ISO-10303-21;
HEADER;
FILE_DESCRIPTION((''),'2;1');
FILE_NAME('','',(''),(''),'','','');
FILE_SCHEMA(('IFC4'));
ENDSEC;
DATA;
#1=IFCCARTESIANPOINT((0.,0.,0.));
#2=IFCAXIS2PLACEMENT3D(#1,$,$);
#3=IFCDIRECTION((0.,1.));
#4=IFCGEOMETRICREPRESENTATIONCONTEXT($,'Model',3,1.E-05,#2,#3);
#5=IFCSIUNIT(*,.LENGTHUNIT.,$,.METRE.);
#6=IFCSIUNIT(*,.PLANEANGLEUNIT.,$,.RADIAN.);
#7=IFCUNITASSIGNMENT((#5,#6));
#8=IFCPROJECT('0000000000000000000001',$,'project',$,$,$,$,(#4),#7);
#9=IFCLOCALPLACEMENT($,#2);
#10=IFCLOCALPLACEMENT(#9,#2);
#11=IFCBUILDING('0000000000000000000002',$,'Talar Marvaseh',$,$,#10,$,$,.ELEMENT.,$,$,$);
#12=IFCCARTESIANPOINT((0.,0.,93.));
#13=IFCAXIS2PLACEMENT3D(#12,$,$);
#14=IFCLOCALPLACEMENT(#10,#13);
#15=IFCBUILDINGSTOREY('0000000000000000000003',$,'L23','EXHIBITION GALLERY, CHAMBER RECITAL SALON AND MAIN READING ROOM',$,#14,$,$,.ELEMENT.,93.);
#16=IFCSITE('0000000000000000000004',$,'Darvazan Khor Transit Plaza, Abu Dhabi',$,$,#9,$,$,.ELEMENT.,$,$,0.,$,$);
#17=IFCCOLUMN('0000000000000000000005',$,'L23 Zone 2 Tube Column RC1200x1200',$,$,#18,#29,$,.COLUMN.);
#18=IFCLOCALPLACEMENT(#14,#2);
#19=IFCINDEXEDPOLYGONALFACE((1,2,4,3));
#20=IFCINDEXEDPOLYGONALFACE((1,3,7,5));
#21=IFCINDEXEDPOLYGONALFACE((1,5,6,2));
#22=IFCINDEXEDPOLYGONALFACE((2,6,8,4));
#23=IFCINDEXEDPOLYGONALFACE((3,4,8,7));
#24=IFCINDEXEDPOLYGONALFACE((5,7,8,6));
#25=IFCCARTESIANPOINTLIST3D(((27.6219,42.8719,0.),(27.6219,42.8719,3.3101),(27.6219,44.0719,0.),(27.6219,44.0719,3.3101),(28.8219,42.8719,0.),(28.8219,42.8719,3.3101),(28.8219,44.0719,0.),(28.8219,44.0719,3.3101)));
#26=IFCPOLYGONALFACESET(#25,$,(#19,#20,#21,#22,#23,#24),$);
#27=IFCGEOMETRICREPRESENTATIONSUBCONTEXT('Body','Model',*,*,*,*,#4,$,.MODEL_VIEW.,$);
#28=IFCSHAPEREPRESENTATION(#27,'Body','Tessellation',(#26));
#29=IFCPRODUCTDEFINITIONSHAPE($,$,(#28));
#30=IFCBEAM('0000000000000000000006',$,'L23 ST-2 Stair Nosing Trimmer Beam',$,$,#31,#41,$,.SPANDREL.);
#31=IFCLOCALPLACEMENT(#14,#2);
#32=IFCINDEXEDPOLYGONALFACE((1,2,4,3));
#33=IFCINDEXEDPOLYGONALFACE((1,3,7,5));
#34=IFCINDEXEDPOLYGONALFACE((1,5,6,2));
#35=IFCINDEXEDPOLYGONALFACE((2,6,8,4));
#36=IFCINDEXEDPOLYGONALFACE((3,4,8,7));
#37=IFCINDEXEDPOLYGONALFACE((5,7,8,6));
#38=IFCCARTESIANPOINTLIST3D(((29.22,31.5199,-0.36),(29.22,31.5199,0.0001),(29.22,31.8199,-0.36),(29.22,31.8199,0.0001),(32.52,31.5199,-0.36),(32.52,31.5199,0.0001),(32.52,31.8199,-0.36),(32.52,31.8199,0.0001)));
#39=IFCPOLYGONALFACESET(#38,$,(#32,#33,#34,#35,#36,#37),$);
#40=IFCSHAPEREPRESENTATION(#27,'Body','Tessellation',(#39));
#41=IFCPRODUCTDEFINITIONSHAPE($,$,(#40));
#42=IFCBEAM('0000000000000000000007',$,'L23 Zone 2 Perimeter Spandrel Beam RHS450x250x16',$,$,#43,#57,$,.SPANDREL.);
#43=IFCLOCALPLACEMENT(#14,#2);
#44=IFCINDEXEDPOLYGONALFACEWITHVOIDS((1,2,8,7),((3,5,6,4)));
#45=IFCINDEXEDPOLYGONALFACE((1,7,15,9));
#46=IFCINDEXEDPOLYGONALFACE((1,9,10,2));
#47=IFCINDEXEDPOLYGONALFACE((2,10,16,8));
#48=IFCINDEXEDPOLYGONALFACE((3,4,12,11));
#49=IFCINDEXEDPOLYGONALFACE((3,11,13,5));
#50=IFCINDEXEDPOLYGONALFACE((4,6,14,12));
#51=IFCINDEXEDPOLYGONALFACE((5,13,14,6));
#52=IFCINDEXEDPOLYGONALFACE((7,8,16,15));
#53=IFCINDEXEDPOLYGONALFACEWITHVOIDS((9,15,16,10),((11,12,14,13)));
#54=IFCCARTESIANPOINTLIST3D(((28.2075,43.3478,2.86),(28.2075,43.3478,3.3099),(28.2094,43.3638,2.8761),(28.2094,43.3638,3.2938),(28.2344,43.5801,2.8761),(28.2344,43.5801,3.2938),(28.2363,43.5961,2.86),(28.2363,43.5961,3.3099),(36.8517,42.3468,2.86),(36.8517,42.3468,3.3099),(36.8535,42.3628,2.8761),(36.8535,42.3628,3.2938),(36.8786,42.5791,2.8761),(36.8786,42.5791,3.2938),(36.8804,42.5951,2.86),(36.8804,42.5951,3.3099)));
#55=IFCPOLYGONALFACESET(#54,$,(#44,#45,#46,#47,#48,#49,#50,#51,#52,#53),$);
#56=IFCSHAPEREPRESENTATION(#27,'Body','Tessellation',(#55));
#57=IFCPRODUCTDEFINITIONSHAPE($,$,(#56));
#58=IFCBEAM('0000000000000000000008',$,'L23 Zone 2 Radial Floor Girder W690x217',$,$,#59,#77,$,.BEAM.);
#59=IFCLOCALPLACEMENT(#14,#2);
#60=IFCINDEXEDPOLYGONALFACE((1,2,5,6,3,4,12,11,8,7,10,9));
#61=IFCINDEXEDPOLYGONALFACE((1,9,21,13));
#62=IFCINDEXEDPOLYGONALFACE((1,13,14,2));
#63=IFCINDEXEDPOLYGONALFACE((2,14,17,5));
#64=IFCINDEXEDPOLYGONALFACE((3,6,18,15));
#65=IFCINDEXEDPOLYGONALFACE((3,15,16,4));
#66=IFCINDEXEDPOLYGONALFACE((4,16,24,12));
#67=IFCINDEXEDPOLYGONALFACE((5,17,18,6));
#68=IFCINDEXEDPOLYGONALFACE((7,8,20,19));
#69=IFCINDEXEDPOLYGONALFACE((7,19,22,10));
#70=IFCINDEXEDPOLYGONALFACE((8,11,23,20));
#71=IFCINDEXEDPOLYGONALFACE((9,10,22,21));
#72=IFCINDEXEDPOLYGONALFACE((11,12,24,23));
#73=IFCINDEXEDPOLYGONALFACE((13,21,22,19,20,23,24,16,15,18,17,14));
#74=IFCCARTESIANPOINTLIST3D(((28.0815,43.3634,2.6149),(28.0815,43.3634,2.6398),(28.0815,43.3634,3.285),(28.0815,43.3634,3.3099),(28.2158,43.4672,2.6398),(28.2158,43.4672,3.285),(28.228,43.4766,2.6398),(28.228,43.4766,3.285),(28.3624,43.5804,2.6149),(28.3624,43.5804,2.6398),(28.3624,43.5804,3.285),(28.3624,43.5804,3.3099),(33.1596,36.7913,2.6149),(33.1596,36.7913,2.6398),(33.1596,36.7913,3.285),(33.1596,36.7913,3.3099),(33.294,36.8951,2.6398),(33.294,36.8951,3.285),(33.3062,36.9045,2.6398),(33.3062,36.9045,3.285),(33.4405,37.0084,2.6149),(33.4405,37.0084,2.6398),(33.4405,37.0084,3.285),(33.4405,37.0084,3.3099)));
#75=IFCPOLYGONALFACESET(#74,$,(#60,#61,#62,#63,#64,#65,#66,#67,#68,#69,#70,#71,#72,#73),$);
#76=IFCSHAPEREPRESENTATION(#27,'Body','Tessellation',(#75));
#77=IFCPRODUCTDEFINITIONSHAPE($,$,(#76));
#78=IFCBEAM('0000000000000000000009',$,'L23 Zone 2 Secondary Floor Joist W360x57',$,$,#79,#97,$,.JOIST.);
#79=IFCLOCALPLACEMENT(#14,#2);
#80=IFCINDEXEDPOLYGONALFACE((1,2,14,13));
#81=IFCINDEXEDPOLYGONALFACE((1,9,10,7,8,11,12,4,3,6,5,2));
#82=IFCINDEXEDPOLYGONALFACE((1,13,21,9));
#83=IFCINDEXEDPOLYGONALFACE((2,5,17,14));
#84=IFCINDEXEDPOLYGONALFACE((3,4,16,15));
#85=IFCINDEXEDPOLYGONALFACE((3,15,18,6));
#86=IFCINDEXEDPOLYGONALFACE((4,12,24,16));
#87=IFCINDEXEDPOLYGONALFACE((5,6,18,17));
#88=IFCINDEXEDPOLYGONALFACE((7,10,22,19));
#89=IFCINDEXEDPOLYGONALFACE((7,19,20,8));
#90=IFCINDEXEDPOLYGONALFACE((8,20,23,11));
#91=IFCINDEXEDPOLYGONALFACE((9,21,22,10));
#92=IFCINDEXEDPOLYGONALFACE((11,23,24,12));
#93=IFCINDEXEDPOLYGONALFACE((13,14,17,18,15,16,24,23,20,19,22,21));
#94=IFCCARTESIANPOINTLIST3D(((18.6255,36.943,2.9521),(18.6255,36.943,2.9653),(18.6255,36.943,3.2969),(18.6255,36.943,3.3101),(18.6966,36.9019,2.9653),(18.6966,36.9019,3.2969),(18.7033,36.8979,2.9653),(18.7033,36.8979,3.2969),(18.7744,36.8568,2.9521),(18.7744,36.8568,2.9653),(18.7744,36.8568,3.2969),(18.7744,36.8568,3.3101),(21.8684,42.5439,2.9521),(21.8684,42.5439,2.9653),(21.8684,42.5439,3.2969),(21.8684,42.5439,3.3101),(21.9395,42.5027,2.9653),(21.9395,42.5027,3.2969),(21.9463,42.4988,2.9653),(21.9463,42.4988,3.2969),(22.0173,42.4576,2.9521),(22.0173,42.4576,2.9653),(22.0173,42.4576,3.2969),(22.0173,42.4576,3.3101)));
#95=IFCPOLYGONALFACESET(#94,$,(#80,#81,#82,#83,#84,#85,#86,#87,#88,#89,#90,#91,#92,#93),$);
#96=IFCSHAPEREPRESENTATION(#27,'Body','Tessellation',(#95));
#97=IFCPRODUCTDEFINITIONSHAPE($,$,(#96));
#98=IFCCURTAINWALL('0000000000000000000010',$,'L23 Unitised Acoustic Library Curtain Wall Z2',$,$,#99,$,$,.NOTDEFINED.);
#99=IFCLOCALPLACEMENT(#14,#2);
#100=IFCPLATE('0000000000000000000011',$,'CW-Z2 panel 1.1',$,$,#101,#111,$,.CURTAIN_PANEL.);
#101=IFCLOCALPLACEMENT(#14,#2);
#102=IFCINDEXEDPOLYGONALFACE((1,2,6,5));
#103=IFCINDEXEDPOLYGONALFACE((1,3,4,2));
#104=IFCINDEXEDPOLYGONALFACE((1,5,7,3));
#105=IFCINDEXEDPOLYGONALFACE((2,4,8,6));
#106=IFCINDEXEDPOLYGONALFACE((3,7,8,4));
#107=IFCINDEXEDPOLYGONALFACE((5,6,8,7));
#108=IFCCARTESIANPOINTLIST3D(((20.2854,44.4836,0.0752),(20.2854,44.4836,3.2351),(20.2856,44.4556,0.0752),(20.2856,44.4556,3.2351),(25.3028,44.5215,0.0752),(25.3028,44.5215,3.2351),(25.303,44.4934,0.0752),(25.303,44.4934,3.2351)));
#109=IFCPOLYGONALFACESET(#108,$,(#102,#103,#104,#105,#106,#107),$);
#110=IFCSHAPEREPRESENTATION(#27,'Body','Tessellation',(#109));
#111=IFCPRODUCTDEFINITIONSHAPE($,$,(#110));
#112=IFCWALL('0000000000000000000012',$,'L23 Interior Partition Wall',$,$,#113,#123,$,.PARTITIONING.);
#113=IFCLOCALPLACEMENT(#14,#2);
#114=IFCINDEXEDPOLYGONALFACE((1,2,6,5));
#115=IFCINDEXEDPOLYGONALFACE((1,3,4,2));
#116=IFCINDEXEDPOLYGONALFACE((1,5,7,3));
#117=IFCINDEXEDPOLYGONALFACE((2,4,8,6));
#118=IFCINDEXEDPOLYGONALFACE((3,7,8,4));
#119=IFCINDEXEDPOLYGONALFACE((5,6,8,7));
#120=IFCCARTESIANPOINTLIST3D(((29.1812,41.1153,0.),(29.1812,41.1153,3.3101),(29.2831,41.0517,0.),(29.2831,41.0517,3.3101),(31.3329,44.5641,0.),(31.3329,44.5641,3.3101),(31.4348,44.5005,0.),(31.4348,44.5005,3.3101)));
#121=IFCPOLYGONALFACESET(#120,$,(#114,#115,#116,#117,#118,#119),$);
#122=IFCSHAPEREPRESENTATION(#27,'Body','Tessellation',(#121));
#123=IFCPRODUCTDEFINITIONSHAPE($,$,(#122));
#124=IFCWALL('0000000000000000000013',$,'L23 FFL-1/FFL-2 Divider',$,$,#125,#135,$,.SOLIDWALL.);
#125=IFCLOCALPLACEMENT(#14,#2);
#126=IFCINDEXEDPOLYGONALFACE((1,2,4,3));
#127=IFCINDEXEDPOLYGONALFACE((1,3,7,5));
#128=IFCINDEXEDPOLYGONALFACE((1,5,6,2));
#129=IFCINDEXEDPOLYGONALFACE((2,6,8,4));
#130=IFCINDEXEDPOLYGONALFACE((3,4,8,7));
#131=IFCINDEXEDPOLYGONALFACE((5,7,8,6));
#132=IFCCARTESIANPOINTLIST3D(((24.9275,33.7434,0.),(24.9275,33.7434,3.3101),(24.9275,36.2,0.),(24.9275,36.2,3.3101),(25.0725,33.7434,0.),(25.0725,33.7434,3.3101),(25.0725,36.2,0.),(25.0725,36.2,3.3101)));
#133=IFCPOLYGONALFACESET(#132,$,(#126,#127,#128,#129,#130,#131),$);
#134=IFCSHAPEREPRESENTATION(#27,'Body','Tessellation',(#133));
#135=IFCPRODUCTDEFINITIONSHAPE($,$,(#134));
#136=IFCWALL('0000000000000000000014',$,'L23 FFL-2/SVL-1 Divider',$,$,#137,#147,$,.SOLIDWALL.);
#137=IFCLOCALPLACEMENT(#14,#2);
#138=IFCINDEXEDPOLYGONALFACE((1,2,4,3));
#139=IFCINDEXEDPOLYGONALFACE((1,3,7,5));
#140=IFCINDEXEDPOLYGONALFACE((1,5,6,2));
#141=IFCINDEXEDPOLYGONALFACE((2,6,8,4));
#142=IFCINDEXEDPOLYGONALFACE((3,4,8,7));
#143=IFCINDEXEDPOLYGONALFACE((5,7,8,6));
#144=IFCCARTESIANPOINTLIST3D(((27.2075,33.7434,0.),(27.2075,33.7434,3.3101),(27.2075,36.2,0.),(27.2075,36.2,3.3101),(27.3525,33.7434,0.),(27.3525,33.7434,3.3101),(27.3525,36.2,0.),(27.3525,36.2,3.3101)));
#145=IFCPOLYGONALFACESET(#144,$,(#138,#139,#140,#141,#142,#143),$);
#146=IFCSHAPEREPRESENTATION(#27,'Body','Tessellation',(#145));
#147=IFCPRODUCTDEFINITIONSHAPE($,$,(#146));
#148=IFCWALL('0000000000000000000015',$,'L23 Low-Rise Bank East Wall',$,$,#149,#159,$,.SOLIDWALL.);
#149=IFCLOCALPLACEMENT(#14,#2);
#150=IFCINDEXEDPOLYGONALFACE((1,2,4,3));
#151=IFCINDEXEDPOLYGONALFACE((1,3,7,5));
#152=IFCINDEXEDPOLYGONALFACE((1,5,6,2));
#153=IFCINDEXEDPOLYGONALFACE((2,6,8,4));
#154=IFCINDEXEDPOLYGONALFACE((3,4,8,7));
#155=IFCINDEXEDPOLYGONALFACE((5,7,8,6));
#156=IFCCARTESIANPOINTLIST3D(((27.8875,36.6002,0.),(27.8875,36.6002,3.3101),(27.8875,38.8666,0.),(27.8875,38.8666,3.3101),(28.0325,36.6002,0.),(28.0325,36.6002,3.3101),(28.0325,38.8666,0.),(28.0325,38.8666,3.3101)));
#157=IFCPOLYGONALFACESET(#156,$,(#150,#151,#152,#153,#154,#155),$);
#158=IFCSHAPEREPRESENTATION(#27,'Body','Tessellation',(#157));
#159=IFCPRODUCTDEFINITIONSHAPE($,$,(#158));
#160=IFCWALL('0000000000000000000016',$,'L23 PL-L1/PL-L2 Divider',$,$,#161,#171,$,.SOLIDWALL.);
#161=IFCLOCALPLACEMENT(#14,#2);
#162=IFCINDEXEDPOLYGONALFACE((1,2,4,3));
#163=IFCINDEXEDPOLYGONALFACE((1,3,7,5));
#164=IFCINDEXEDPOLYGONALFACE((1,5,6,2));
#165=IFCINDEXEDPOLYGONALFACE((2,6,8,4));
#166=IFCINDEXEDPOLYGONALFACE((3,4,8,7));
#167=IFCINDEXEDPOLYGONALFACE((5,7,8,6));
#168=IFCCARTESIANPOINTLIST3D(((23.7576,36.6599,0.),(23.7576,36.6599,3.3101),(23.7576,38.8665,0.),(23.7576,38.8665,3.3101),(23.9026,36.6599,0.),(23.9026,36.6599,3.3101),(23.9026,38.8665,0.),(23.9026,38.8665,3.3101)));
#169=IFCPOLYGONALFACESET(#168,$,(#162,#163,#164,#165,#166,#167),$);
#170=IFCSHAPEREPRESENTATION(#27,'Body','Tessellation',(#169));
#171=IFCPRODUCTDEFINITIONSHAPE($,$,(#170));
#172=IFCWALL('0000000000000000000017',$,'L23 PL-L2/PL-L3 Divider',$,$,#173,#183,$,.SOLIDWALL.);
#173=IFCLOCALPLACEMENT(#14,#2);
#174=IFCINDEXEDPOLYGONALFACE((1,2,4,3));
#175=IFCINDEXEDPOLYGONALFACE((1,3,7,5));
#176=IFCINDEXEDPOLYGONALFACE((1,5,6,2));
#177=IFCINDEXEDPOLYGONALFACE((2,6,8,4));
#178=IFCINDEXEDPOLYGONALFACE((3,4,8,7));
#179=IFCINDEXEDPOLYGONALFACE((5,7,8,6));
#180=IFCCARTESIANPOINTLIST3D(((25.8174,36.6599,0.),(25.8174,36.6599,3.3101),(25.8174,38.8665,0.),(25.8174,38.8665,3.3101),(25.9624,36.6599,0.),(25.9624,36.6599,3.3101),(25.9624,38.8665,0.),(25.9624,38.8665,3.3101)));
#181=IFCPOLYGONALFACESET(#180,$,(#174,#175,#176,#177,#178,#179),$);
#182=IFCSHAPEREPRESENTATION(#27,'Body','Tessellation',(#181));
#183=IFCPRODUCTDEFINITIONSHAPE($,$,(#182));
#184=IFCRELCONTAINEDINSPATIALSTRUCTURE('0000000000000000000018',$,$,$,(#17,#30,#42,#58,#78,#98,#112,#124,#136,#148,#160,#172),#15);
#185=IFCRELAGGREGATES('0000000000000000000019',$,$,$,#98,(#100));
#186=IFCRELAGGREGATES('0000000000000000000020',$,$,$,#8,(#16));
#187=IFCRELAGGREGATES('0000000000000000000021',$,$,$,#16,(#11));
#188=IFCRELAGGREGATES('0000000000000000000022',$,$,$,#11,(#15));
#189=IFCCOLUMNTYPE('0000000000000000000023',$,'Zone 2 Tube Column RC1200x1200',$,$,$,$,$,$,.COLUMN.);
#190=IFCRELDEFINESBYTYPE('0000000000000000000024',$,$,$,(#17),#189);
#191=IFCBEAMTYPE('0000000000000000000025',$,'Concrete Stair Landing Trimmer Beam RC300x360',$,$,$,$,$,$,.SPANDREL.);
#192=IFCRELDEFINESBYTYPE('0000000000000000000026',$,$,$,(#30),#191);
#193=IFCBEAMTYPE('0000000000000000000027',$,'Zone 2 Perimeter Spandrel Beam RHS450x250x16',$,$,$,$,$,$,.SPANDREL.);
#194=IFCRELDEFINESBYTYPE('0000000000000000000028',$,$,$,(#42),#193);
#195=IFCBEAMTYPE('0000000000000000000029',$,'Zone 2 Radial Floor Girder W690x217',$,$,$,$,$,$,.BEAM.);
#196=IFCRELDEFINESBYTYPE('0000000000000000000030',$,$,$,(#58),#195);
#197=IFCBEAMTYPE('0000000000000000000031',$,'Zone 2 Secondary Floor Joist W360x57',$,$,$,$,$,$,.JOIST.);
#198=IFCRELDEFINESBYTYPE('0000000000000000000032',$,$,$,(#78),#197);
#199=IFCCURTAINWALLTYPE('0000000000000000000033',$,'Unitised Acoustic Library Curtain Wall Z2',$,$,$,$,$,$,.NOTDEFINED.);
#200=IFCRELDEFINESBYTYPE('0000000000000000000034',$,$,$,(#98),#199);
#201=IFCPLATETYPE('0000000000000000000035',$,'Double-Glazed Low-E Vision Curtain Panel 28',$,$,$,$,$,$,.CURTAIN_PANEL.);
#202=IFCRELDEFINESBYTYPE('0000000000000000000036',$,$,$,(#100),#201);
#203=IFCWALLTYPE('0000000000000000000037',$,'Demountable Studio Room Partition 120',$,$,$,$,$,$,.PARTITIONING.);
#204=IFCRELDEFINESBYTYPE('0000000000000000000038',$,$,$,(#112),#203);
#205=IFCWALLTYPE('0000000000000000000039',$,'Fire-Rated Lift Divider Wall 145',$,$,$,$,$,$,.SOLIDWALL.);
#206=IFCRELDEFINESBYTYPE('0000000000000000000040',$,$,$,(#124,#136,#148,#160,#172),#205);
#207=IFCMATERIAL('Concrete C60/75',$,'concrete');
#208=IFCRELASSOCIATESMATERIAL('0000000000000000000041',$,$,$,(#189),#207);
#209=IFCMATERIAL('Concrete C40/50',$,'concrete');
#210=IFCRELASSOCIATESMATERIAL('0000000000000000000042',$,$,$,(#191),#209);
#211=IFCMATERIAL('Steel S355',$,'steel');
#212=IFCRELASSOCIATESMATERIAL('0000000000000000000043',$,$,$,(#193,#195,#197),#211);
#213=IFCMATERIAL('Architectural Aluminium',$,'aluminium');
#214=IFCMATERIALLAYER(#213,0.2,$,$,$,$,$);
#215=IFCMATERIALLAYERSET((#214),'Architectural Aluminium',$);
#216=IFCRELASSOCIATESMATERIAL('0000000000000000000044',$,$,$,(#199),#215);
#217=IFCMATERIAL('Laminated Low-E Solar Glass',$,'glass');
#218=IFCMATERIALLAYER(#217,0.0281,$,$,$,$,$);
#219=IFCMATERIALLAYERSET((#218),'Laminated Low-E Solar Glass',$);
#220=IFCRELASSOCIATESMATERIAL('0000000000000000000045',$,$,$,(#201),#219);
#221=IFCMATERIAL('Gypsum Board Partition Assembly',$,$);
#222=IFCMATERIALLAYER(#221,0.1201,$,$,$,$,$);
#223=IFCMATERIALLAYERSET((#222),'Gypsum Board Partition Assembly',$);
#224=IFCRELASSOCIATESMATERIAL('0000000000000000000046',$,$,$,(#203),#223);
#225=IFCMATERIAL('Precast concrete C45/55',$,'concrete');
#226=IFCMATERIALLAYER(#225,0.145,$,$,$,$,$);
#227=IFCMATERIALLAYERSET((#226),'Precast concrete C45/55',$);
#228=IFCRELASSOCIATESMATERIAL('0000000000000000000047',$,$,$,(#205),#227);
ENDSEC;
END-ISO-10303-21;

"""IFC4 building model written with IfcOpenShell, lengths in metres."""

from ifc_helpers import new_model, si_unit, direction, frame, frame_2d, origin, origin_2d, place, context, subcontext, project, spatial, rectangle, hollow_rectangle, i_section, extrude, source, transform, mapped, material, layer, layer_set, material_profile, profile_set, type_object, type_shapes, element, aggregate, save


model = new_model("IFC4")

# Units and contexts
model_context = context("Model", 3, precision=1e-05, world=origin(), true_north=direction((0.0, 1.0)))
body_context = subcontext(model_context, "Body", "Model", "MODEL_VIEW")
ifc_project = project(units=[si_unit("LENGTHUNIT", "METRE"), si_unit("PLANEANGLEUNIT", "RADIAN")], contexts=[model_context])

# Site, building, storey
site_placement = place(None, origin())
site = spatial("IfcSite", under=ifc_project, at=site_placement, Name="Darvazan Khor Transit Plaza, Abu Dhabi", CompositionType="ELEMENT", RefElevation=0.0)
building_placement = place(site_placement, origin())
building = spatial("IfcBuilding", under=site, at=building_placement, Name="Talar Marvaseh", CompositionType="ELEMENT")
storey_placement = place(building_placement, frame((0.0, 0.0, 93.0)))
storey = spatial("IfcBuildingStorey", under=building, at=storey_placement, Name="L23", Description="EXHIBITION GALLERY, CHAMBER RECITAL SALON AND MAIN READING ROOM", CompositionType="ELEMENT", Elevation=93.0)

# Column
ifc_material_1 = material(Name="Concrete C60/75", Category="concrete")
ifc_material_profile_1 = material_profile(ifc_material_1, rectangle(XDim=1.2, YDim=1.2, at=origin_2d()), Name="RC1200x1200")
ifc_profile_set_1 = profile_set([ifc_material_profile_1], Name="Concrete C60/75")
column_type = type_object("IfcColumnType", Name="Zone 2 Tube Column RC1200x1200", PredefinedType="COLUMN", material=ifc_profile_set_1)
column_placement = place(storey_placement, frame((28.2219, 43.4719, 0.0), z_axis=(0.0, 0.0, 1.0), x_axis=(1.0, 0.0, 0.0)))
element("IfcColumn", 1, at=column_placement, inside=storey, type_object=column_type, Name="L23 Zone 2 Tube Column RC1200x1200", PredefinedType="COLUMN", context=body_context, shape_type="SweptSolid", body=[
    extrude(rectangle(XDim=1.2, YDim=1.2, at=origin_2d()), origin(), (0.0, 0.0, 1.0), 3.3101),
])

# Beams
ifc_material_2 = material(Name="Concrete C40/50", Category="concrete")
ifc_material_profile_2 = material_profile(ifc_material_2, rectangle(XDim=0.3, YDim=0.3601, at=origin_2d()), Name="RC300x360")
ifc_profile_set_2 = profile_set([ifc_material_profile_2], Name="Concrete C40/50")
beam_type_1 = type_object("IfcBeamType", Name="Concrete Stair Landing Trimmer Beam RC300x360", PredefinedType="SPANDREL", material=ifc_profile_set_2)
beam_1_placement = place(storey_placement, frame((29.22, 31.6699, -0.1799), z_axis=(1.0, 0.0, 0.0), x_axis=(0.0, 1.0, 0.0)))
element("IfcBeam", 2, at=beam_1_placement, inside=storey, type_object=beam_type_1, Name="L23 ST-2 Stair Nosing Trimmer Beam", PredefinedType="SPANDREL", context=body_context, shape_type="SweptSolid", body=[
    extrude(rectangle(XDim=0.3, YDim=0.3601, at=origin_2d()), origin(), (0.0, 0.0, 1.0), 3.3),
])
ifc_material_3 = material(Name="Steel S355", Category="steel")
ifc_material_profile_3 = material_profile(ifc_material_3, hollow_rectangle(XDim=0.25, YDim=0.45, WallThickness=0.0161, at=origin_2d()), Name="RHS450x250x16")
ifc_profile_set_3 = profile_set([ifc_material_profile_3], Name="Steel S355")
beam_type_2 = type_object("IfcBeamType", Name="Zone 2 Perimeter Spandrel Beam RHS450x250x16", PredefinedType="SPANDREL", material=ifc_profile_set_3)
beam_2_placement = place(storey_placement, frame((28.2219, 43.4719, 3.085), z_axis=(0.993362, -0.115031, 0.0), x_axis=(0.115031, 0.993362, 0.0)))
element("IfcBeam", 3, at=beam_2_placement, inside=storey, type_object=beam_type_2, Name="L23 Zone 2 Perimeter Spandrel Beam RHS450x250x16", PredefinedType="SPANDREL", context=body_context, shape_type="SweptSolid", body=[
    extrude(hollow_rectangle(XDim=0.25, YDim=0.45, WallThickness=0.0161, at=origin_2d()), origin(), (0.0, 0.0, 1.0), 8.7019),
])
ifc_material_profile_4 = material_profile(ifc_material_3, i_section(OverallWidth=0.355, OverallDepth=0.6951, WebThickness=0.0154, FlangeThickness=0.0249, at=origin_2d()), Name="W690x217")
ifc_profile_set_4 = profile_set([ifc_material_profile_4], Name="Steel S355")
beam_type_3 = type_object("IfcBeamType", Name="Zone 2 Radial Floor Girder W690x217", PredefinedType="BEAM", material=ifc_profile_set_4)
beam_3_placement = place(storey_placement, frame((28.2219, 43.4719, 2.9624), z_axis=(0.611428, -0.7913, 0.0), x_axis=(0.7913, 0.611428, 0.0)))
element("IfcBeam", 4, at=beam_3_placement, inside=storey, type_object=beam_type_3, Name="L23 Zone 2 Radial Floor Girder W690x217", PredefinedType="BEAM", context=body_context, shape_type="SweptSolid", body=[
    extrude(i_section(OverallWidth=0.355, OverallDepth=0.6951, WebThickness=0.0154, FlangeThickness=0.0249, at=origin_2d()), origin(), (0.0, 0.0, 1.0), 8.3054),
])
ifc_material_profile_5 = material_profile(ifc_material_3, i_section(OverallWidth=0.1721, OverallDepth=0.3579, WebThickness=0.0078, FlangeThickness=0.0132, at=origin_2d()), Name="W360x57")
ifc_profile_set_5 = profile_set([ifc_material_profile_5], Name="Steel S355")
beam_type_4 = type_object("IfcBeamType", Name="Zone 2 Secondary Floor Joist W360x57", PredefinedType="JOIST", material=ifc_profile_set_5)
beam_4_placement = place(storey_placement, frame((21.9429, 42.5007, 3.1311), z_axis=(-0.501075, -0.865404, 0.0), x_axis=(0.865404, -0.501075, 0.0)))
element("IfcBeam", 5, at=beam_4_placement, inside=storey, type_object=beam_type_4, Name="L23 Zone 2 Secondary Floor Joist W360x57", PredefinedType="JOIST", context=body_context, shape_type="SweptSolid", body=[
    extrude(i_section(OverallWidth=0.1721, OverallDepth=0.3579, WebThickness=0.0078, FlangeThickness=0.0132, at=origin_2d()), origin(), (0.0, 0.0, 1.0), 6.4719),
])

# Curtain wall, plate
ifc_material_4 = material(Name="Architectural Aluminium", Category="aluminium")
ifc_layer_1 = layer(ifc_material_4, 0.2)
ifc_layer_set_1 = layer_set([ifc_layer_1], Name="Architectural Aluminium")
curtain_wall_type = type_object("IfcCurtainWallType", Name="Unitised Acoustic Library Curtain Wall Z2", PredefinedType="NOTDEFINED", material=ifc_layer_set_1)
curtain_wall_placement = place(storey_placement, origin())
curtain_wall = element("IfcCurtainWall", 6, at=curtain_wall_placement, inside=storey, type_object=curtain_wall_type, Name="L23 Unitised Acoustic Library Curtain Wall Z2", PredefinedType="NOTDEFINED")
ifc_material_5 = material(Name="Laminated Low-E Solar Glass", Category="glass")
ifc_layer_2 = layer(ifc_material_5, 0.0281)
ifc_layer_set_2 = layer_set([ifc_layer_2], Name="Laminated Low-E Solar Glass")
plate_type = type_object("IfcPlateType", Name="Double-Glazed Low-E Vision Curtain Panel 28", PredefinedType="CURTAIN_PANEL", material=ifc_layer_set_2)
shared_shape_1 = source(origin(), body_context, "Body", "SweptSolid", [
    extrude(rectangle(XDim=5.0176, YDim=0.0281, at=origin_2d()), origin(), (0.0, 0.0, 1.0), 3.1599),
])
type_shapes(plate_type, [shared_shape_1])
plate_placement = place(storey_placement, frame((22.7942, 44.4885, 0.0752), z_axis=(0.0, 0.0, 1.0), x_axis=(0.999972, 0.007544, 0.0)))
plate = element("IfcPlate", 7, at=plate_placement, type_object=plate_type, Name="CW-Z2 panel 1.1", PredefinedType="CURTAIN_PANEL", context=body_context, shape_type="MappedRepresentation", body=[
    mapped(shared_shape_1, transform((0.0, 0.0, 0.0), x_axis=(1.0, 0.0, 0.0), y_axis=(0.0, 1.0, 0.0), z_axis=(0.0, 0.0, 1.0), scale=1.0)),
])
aggregate(curtain_wall, [plate])

# Walls
ifc_material_6 = material(Name="Gypsum Board Partition Assembly")
ifc_layer_3 = layer(ifc_material_6, 0.1201)
ifc_layer_set_3 = layer_set([ifc_layer_3], Name="Gypsum Board Partition Assembly")
wall_type_1 = type_object("IfcWallType", Name="Demountable Studio Room Partition 120", PredefinedType="PARTITIONING", material=ifc_layer_set_3)
wall_1_placement = place(storey_placement, frame((29.2322, 41.0835, 0.0), z_axis=(0.0, 0.0, 1.0), x_axis=(0.529319, 0.848423, 0.0)))
element("IfcWall", 8, at=wall_1_placement, inside=storey, type_object=wall_type_1, Name="L23 Interior Partition Wall", PredefinedType="PARTITIONING", context=body_context, shape_type="SweptSolid", body=[
    extrude(rectangle(XDim=4.0649, YDim=0.1201, at=frame_2d((2.0325, 0.0))), origin(), (0.0, 0.0, 1.0), 3.3101),
])
ifc_material_7 = material(Name="Precast concrete C45/55", Category="concrete")
ifc_layer_4 = layer(ifc_material_7, 0.145)
ifc_layer_set_4 = layer_set([ifc_layer_4], Name="Precast concrete C45/55")
wall_type_2 = type_object("IfcWallType", Name="Fire-Rated Lift Divider Wall 145", PredefinedType="SOLIDWALL", material=ifc_layer_set_4)
for number, where, z_axis, x_axis, name in (
    (9, (25.0, 33.7434, 0.0), (0.0, 0.0, 1.0), (0.0, 1.0, 0.0), "L23 FFL-1/FFL-2 Divider"),
    (10, (27.28, 33.7434, 0.0), (0.0, 0.0, 1.0), (0.0, 1.0, 0.0), "L23 FFL-2/SVL-1 Divider"),
):
    element("IfcWall", number, at=place(storey_placement, frame(where, z_axis=z_axis, x_axis=x_axis)), inside=storey, type_object=wall_type_2, Name=name, PredefinedType="SOLIDWALL", context=body_context, shape_type="SweptSolid", body=[
        extrude(rectangle(XDim=2.4565, YDim=0.145, at=frame_2d((1.2283, 0.0))), origin(), (0.0, 0.0, 1.0), 3.3101),
    ])
wall_2_placement = place(storey_placement, frame((27.96, 36.6001, 0.0), z_axis=(0.0, 0.0, 1.0), x_axis=(0.0, 1.0, 0.0)))
element("IfcWall", 11, at=wall_2_placement, inside=storey, type_object=wall_type_2, Name="L23 Low-Rise Bank East Wall", PredefinedType="SOLIDWALL", context=body_context, shape_type="SweptSolid", body=[
    extrude(rectangle(XDim=2.2664, YDim=0.145, at=frame_2d((1.1333, 0.0))), origin(), (0.0, 0.0, 1.0), 3.3101),
])
for number, where, z_axis, x_axis, name in (
    (12, (23.8301, 36.6599, 0.0), (0.0, 0.0, 1.0), (0.0, 1.0, 0.0), "L23 PL-L1/PL-L2 Divider"),
    (13, (25.8899, 36.6599, 0.0), (0.0, 0.0, 1.0), (0.0, 1.0, 0.0), "L23 PL-L2/PL-L3 Divider"),
):
    element("IfcWall", number, at=place(storey_placement, frame(where, z_axis=z_axis, x_axis=x_axis)), inside=storey, type_object=wall_type_2, Name=name, PredefinedType="SOLIDWALL", context=body_context, shape_type="SweptSolid", body=[
        extrude(rectangle(XDim=2.2065, YDim=0.145, at=frame_2d((1.1033, 0.0))), origin(), (0.0, 0.0, 1.0), 3.3101),
    ])

save(model, "model.ifc")
